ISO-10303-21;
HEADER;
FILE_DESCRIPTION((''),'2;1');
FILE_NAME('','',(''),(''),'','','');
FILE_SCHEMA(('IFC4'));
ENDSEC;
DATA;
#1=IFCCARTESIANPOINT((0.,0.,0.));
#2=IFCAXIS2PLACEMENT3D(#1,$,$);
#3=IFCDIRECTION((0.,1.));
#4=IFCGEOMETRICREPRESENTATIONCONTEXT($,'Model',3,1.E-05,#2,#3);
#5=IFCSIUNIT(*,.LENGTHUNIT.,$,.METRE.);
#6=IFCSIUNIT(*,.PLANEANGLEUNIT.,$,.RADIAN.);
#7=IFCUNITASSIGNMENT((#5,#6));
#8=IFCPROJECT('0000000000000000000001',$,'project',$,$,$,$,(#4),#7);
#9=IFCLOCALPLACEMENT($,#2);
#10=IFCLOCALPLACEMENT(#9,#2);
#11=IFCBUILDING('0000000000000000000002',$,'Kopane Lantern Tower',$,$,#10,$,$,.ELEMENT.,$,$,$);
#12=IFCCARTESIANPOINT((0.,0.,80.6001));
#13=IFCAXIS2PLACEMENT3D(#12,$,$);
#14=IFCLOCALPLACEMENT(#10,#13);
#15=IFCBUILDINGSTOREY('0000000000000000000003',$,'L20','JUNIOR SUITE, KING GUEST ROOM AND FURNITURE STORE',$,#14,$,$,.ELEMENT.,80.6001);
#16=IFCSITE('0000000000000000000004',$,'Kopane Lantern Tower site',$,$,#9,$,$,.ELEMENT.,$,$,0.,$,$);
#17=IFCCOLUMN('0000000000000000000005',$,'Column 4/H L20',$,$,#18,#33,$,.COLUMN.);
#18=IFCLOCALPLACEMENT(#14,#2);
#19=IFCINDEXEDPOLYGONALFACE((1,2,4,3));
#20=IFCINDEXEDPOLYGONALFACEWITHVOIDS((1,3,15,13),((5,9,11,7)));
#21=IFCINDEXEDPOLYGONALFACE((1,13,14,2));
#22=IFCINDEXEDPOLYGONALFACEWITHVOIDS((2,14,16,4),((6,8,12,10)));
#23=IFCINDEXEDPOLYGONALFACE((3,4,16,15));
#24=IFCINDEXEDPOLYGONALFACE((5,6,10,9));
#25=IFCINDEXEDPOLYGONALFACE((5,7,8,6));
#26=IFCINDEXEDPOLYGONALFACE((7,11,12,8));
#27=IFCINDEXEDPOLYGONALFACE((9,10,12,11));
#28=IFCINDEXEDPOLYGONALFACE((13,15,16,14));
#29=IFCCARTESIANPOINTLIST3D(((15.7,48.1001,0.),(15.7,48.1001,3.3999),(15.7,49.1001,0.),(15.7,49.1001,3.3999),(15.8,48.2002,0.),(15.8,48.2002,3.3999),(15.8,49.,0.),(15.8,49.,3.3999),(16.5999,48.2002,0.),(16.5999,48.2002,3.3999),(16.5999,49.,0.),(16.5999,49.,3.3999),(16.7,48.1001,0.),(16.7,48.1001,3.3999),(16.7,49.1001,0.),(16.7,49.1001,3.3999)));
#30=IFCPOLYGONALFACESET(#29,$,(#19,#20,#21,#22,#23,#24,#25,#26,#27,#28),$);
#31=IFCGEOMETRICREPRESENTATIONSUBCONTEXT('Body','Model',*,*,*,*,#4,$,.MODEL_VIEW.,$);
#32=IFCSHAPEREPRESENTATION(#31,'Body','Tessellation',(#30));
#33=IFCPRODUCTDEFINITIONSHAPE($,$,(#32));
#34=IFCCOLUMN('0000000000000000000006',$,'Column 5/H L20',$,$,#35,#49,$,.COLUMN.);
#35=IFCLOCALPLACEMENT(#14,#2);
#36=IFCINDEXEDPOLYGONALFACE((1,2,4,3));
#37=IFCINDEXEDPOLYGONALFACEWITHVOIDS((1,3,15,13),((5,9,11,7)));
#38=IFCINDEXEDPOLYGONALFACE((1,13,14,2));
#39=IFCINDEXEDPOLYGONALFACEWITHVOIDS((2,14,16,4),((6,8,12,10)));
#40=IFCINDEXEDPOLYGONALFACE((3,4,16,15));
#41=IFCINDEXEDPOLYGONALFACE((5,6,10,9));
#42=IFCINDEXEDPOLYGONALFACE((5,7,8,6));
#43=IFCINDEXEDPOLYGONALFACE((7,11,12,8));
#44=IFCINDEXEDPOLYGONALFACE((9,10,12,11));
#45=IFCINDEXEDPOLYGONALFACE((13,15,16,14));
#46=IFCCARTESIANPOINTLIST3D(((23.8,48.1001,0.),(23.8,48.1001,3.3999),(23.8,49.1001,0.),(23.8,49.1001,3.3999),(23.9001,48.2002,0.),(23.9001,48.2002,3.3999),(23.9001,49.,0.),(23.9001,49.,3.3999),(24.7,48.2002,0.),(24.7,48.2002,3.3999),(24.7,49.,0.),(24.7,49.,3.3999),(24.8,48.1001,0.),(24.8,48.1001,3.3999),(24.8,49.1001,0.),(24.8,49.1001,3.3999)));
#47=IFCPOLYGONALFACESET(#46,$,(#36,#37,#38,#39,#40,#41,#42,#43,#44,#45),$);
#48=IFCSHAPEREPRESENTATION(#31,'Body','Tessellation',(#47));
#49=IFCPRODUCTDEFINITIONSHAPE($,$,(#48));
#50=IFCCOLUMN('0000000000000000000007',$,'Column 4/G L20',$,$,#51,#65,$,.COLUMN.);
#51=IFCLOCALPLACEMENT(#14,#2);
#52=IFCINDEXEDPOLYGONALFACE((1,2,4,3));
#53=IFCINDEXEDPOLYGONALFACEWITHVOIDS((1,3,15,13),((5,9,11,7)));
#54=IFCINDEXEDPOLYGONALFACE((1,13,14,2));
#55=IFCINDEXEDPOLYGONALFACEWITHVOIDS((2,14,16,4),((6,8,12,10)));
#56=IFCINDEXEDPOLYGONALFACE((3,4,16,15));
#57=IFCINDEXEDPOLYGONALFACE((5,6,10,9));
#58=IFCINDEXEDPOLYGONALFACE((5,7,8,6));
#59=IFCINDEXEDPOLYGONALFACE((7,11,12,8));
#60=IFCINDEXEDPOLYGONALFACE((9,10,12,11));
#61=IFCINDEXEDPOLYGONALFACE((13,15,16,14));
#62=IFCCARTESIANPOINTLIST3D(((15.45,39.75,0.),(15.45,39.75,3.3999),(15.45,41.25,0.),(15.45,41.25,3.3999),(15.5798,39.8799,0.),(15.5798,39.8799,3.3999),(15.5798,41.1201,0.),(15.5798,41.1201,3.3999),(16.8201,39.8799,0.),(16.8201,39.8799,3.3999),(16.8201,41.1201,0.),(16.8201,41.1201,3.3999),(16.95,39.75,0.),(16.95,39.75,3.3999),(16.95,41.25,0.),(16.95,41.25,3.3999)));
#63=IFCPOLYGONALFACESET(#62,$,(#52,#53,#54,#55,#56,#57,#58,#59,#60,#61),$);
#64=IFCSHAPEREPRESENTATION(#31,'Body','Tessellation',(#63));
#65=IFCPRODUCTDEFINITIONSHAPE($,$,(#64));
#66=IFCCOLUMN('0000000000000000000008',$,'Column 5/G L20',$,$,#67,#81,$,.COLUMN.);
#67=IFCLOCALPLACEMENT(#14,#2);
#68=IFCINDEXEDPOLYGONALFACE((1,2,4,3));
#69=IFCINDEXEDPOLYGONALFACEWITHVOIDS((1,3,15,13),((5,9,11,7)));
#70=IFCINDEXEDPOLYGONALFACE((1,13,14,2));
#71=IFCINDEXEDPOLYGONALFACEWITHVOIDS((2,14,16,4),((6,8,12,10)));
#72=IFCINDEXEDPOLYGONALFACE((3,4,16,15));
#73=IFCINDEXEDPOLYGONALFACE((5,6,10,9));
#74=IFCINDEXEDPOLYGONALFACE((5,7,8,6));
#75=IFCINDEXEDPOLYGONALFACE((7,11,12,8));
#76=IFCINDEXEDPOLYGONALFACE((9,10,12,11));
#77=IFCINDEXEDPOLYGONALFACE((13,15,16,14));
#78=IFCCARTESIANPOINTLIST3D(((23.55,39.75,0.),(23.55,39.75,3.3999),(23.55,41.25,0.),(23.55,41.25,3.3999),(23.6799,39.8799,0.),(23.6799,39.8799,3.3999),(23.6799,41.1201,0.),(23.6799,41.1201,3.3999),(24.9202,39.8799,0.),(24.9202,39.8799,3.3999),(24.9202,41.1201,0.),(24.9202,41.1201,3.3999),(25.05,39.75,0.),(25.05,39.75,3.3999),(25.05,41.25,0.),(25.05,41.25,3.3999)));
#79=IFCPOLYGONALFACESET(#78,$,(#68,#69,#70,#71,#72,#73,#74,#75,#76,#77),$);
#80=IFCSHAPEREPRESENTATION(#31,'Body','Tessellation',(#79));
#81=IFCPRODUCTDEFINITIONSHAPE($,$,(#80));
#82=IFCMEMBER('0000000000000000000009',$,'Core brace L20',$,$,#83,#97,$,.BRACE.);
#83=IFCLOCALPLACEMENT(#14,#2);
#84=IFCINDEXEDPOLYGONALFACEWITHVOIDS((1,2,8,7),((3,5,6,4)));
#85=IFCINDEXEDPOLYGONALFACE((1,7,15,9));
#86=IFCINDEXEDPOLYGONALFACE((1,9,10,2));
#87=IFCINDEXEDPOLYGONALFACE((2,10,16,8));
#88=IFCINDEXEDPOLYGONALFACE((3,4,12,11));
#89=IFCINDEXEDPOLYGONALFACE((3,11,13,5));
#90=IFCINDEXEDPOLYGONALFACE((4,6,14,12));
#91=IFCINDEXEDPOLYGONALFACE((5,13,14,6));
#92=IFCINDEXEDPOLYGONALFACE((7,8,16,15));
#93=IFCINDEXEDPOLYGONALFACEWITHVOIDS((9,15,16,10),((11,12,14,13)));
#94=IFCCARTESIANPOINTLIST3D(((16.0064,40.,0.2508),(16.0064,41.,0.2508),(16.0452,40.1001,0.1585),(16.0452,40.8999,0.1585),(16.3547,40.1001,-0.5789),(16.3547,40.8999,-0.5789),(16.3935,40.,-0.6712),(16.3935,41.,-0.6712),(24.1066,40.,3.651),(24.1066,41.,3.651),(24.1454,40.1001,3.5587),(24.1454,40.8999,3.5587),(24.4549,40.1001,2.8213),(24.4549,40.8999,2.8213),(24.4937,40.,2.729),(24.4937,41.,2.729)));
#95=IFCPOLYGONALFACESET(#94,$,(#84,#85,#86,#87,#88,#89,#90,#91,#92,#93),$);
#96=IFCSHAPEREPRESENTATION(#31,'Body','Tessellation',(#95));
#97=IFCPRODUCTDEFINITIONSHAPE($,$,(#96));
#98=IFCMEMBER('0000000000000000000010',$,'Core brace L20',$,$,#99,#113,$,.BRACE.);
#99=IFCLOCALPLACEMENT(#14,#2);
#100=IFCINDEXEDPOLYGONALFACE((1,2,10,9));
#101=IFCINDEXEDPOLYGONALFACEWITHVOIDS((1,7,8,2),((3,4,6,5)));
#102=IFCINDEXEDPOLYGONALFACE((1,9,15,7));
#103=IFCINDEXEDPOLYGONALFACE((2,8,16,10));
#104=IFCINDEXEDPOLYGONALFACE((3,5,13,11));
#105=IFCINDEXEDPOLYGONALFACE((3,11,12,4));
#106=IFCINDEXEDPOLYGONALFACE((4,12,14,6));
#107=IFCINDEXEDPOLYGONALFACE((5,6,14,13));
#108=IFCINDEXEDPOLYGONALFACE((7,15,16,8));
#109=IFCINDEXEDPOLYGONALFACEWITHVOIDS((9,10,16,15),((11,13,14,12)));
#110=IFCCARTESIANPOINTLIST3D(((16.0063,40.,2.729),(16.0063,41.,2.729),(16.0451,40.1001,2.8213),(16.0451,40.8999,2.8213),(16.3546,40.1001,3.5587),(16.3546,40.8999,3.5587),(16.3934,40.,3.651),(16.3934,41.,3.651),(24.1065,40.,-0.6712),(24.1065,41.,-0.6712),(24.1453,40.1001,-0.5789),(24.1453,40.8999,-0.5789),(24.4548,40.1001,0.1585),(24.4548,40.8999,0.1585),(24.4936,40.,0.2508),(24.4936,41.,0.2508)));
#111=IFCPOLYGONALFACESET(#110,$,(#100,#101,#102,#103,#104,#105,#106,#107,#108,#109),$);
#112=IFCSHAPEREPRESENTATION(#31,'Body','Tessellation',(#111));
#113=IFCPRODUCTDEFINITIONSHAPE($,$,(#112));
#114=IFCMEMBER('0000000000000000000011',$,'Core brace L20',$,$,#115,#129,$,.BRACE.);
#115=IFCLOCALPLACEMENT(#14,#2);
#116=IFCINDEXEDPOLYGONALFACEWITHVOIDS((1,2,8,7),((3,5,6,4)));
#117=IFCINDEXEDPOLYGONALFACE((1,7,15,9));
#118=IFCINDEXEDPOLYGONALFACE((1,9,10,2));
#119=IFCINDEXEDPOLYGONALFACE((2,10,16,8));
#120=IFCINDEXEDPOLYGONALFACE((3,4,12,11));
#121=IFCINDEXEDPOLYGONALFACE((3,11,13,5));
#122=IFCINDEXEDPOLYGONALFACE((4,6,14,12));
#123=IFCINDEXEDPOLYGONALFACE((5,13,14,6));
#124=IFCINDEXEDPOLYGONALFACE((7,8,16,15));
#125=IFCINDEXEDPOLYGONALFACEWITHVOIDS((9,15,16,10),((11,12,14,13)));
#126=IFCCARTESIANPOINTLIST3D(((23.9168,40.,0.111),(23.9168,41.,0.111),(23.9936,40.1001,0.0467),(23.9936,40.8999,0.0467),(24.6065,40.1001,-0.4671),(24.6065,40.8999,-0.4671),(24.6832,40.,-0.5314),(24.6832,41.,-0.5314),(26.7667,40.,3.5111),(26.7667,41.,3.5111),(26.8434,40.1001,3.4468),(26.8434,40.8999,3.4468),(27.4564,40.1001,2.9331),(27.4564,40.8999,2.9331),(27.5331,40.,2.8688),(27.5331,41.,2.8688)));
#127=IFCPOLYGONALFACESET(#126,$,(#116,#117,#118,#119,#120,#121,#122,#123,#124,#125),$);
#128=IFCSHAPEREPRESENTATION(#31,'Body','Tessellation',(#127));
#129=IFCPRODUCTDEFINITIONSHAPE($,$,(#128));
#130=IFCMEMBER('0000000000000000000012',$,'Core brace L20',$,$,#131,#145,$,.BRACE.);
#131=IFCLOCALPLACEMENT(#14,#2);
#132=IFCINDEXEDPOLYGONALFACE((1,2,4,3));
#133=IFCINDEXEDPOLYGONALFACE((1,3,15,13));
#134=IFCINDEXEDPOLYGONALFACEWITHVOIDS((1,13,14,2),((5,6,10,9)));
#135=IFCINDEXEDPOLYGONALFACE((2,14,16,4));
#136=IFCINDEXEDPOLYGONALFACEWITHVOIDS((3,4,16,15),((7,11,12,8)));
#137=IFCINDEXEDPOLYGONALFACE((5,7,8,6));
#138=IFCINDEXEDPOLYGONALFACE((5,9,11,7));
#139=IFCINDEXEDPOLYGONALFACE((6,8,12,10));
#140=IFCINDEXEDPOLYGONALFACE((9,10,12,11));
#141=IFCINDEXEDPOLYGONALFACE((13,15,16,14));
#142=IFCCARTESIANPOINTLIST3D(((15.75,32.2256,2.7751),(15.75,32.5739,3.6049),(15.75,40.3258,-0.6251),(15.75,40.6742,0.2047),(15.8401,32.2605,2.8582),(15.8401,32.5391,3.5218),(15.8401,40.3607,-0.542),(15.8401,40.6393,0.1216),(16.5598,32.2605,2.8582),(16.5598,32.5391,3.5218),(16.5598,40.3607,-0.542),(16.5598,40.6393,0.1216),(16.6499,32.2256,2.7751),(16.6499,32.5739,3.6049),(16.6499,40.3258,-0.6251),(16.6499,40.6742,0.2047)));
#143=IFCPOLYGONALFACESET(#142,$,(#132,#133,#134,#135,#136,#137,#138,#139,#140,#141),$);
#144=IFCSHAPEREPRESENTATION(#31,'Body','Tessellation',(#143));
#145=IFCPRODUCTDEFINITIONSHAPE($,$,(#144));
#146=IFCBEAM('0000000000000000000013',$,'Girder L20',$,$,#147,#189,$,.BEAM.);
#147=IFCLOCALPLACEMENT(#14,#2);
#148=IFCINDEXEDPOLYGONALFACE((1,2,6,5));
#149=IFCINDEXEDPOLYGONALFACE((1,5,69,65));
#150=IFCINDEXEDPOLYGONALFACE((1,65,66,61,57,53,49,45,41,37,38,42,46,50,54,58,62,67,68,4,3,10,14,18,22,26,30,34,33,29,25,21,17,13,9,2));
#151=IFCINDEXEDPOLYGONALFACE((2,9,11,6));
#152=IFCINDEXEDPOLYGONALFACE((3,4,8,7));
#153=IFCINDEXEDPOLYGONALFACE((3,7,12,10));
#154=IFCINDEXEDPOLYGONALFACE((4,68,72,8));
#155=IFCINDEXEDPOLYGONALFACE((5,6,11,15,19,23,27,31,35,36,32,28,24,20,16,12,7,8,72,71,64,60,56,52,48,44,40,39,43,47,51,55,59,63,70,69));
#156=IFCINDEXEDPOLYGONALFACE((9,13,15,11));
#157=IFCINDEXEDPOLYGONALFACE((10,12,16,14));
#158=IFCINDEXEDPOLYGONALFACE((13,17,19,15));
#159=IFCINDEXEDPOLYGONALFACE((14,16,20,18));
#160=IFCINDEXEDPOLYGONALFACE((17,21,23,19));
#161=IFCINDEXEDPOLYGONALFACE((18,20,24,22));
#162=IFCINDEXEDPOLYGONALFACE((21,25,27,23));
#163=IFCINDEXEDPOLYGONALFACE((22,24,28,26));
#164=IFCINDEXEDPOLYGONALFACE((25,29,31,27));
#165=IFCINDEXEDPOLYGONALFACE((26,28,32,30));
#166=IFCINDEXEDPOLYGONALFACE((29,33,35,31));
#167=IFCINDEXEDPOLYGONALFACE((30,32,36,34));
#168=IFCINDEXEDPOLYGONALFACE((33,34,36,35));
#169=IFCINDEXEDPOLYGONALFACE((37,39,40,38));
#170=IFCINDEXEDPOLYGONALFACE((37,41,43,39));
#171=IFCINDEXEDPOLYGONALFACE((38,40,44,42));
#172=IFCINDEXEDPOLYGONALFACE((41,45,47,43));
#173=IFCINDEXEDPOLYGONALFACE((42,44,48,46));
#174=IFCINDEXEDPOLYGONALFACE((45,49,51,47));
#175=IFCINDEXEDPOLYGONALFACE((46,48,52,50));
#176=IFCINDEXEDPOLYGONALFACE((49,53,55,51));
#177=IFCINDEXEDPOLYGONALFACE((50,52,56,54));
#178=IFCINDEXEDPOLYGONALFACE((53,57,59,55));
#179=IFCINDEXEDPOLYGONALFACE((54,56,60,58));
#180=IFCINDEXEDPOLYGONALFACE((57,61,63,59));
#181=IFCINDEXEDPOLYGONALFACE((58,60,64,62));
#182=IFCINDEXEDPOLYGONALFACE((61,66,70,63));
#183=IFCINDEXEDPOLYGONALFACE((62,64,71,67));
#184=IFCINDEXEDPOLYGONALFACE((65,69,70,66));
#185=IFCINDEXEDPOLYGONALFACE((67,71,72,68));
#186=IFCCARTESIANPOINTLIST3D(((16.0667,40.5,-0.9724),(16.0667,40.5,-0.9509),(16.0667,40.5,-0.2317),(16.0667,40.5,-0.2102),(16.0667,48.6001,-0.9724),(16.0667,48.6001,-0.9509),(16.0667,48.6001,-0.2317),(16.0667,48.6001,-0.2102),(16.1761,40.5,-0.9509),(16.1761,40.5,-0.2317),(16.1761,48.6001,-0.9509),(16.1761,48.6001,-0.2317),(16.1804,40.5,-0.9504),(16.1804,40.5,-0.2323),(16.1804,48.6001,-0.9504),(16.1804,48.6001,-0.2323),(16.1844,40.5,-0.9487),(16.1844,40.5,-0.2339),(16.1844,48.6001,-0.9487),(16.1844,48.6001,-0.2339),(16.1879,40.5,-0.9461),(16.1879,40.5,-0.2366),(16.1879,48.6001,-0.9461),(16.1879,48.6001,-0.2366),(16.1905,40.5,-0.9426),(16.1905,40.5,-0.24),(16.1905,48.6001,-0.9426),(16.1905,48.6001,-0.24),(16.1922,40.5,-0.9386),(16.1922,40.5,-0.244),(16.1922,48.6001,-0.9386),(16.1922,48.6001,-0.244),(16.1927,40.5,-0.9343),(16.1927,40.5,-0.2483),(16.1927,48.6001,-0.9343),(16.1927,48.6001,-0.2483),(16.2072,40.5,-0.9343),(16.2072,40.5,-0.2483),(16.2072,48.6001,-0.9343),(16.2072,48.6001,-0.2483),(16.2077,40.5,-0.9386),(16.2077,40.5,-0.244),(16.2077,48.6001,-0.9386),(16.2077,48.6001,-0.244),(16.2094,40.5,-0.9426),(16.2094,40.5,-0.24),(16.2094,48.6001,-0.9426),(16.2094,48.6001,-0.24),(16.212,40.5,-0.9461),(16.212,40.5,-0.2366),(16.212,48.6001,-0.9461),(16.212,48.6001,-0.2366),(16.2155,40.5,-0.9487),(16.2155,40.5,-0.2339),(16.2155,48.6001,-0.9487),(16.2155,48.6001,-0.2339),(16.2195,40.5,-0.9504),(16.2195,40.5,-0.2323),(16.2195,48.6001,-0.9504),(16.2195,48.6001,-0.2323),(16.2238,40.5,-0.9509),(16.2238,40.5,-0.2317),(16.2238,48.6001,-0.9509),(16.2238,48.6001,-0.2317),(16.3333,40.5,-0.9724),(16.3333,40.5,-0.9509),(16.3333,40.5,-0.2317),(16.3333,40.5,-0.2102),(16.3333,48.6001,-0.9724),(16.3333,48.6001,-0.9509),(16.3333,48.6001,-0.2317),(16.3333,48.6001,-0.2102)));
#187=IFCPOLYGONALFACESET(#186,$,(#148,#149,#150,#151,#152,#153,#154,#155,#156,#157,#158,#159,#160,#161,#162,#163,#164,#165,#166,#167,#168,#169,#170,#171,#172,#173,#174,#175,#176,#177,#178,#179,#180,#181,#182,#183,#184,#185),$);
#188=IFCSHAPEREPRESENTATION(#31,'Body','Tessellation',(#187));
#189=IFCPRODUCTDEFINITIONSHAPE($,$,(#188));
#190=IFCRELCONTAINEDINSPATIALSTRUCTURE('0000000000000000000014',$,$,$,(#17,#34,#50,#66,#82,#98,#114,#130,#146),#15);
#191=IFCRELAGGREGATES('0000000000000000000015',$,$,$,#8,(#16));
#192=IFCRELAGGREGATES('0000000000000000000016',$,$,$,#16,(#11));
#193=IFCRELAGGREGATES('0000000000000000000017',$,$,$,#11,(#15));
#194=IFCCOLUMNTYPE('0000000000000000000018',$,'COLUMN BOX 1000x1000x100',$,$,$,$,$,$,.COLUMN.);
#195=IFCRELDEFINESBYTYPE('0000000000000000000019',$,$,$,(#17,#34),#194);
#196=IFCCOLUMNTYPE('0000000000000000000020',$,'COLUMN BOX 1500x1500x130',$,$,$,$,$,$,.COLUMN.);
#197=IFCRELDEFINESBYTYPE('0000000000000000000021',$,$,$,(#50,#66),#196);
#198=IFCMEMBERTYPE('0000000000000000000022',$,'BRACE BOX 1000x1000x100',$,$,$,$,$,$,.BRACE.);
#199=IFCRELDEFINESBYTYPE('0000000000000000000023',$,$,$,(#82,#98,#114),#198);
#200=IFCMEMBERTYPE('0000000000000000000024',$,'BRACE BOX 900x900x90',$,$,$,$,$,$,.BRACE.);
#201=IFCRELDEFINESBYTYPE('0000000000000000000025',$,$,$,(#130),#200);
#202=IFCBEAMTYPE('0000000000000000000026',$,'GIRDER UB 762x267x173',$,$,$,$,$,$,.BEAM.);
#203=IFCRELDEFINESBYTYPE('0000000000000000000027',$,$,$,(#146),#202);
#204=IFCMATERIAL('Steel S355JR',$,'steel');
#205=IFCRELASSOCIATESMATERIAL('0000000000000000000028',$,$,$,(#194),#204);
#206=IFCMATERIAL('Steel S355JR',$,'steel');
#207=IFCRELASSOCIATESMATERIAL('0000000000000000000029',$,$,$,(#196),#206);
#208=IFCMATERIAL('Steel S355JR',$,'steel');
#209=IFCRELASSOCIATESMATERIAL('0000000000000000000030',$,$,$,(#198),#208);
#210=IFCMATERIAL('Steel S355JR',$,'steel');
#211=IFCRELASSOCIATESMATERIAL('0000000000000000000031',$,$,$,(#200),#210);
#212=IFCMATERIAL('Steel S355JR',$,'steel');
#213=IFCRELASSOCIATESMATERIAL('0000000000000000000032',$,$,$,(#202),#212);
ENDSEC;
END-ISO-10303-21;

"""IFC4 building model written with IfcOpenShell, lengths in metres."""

from ifc_helpers import new_model, si_unit, direction, frame, origin, origin_2d, place, context, subcontext, project, spatial, hollow_rectangle, i_section, extrude, material, material_profile, profile_set, type_object, element, save


model = new_model("IFC4")

# Units and contexts
model_context = context("Model", 3, precision=1e-05, world=origin(), true_north=direction((0.0, 1.0)))
body_context = subcontext(model_context, "Body", "Model", "MODEL_VIEW")
ifc_project = project(units=[si_unit("LENGTHUNIT", "METRE"), si_unit("PLANEANGLEUNIT", "RADIAN")], contexts=[model_context])

# Site, building, storey
site_placement = place(None, origin())
site = spatial("IfcSite", under=ifc_project, at=site_placement, Name="Kopane Lantern Tower site", CompositionType="ELEMENT", RefElevation=0.0)
building_placement = place(site_placement, origin())
building = spatial("IfcBuilding", under=site, at=building_placement, Name="Kopane Lantern Tower", CompositionType="ELEMENT")
storey_placement = place(building_placement, frame((0.0, 0.0, 80.6001)))
storey = spatial("IfcBuildingStorey", under=building, at=storey_placement, Name="L20", Description="JUNIOR SUITE, KING GUEST ROOM AND FURNITURE STORE", CompositionType="ELEMENT", Elevation=80.6001)

# Columns
ifc_material_1 = material(Name="Steel S355JR", Category="steel")
ifc_material_profile_1 = material_profile(ifc_material_1, hollow_rectangle(XDim=1.0, YDim=1.0, WallThickness=0.1001, at=origin_2d()), Name="BOX 1000x1000x100")
ifc_profile_set_1 = profile_set([ifc_material_profile_1], Name="Steel S355JR")
column_type_1 = type_object("IfcColumnType", Name="COLUMN BOX 1000x1000x100", PredefinedType="COLUMN", material=ifc_profile_set_1)
for number, where, z_axis, x_axis, name in (
    (1, (16.2, 48.6001, 0.0), (0.0, 0.0, 1.0), (1.0, 0.0, 0.0), "Column 4/H L20"),
    (2, (24.3, 48.6001, 0.0), (0.0, 0.0, 1.0), (1.0, 0.0, 0.0), "Column 5/H L20"),
):
    element("IfcColumn", number, at=place(storey_placement, frame(where, z_axis=z_axis, x_axis=x_axis)), inside=storey, type_object=column_type_1, Name=name, PredefinedType="COLUMN", context=body_context, shape_type="SweptSolid", body=[
        extrude(hollow_rectangle(XDim=1.0, YDim=1.0, WallThickness=0.1001, at=origin_2d()), origin(), (0.0, 0.0, 1.0), 3.3999),
    ])
ifc_material_2 = material(Name="Steel S355JR", Category="steel")
ifc_material_profile_2 = material_profile(ifc_material_2, hollow_rectangle(XDim=1.5, YDim=1.5, WallThickness=0.1299, at=origin_2d()), Name="BOX 1500x1500x130")
ifc_profile_set_2 = profile_set([ifc_material_profile_2], Name="Steel S355JR")
column_type_2 = type_object("IfcColumnType", Name="COLUMN BOX 1500x1500x130", PredefinedType="COLUMN", material=ifc_profile_set_2)
for number, where, z_axis, x_axis, name in (
    (3, (16.2, 40.5, 0.0), (0.0, 0.0, 1.0), (1.0, 0.0, 0.0), "Column 4/G L20"),
    (4, (24.3, 40.5, 0.0), (0.0, 0.0, 1.0), (1.0, 0.0, 0.0), "Column 5/G L20"),
):
    element("IfcColumn", number, at=place(storey_placement, frame(where, z_axis=z_axis, x_axis=x_axis)), inside=storey, type_object=column_type_2, Name=name, PredefinedType="COLUMN", context=body_context, shape_type="SweptSolid", body=[
        extrude(hollow_rectangle(XDim=1.5, YDim=1.5, WallThickness=0.1299, at=origin_2d()), origin(), (0.0, 0.0, 1.0), 3.3999),
    ])

# Members
ifc_material_3 = material(Name="Steel S355JR", Category="steel")
ifc_material_profile_3 = material_profile(ifc_material_3, hollow_rectangle(XDim=1.0, YDim=1.0, WallThickness=0.1001, at=origin_2d()), Name="BOX 1000x1000x100")
ifc_profile_set_3 = profile_set([ifc_material_profile_3], Name="Steel S355JR")
member_type_1 = type_object("IfcMemberType", Name="BRACE BOX 1000x1000x100", PredefinedType="BRACE", material=ifc_profile_set_3)
for number, where, z_axis, x_axis, name in (
    (5, (16.2, 40.5, -0.2102), (0.922059, 0.0, 0.387049), (0.0, 1.0, 0.0), "Core brace L20"),
    (6, (24.3, 40.5, -0.2102), (-0.922059, 0.0, 0.387049), (0.0, -1.0, 0.0), "Core brace L20"),
):
    element("IfcMember", number, at=place(storey_placement, frame(where, z_axis=z_axis, x_axis=x_axis)), inside=storey, type_object=member_type_1, Name=name, PredefinedType="BRACE", context=body_context, shape_type="SweptSolid", body=[
        extrude(hollow_rectangle(XDim=1.0, YDim=1.0, WallThickness=0.1001, at=origin_2d()), origin(), (0.0, 0.0, 1.0), 8.7849),
    ])
member_1_placement = place(storey_placement, frame((24.3, 40.5, -0.2102), z_axis=(0.642363, 0.0, 0.7664), x_axis=(0.0, 1.0, 0.0)))
element("IfcMember", 7, at=member_1_placement, inside=storey, type_object=member_type_1, Name="Core brace L20", PredefinedType="BRACE", context=body_context, shape_type="SweptSolid", body=[
    extrude(hollow_rectangle(XDim=1.0, YDim=1.0, WallThickness=0.1001, at=origin_2d()), origin(), (0.0, 0.0, 1.0), 4.4365),
])
ifc_material_4 = material(Name="Steel S355JR", Category="steel")
ifc_material_profile_4 = material_profile(ifc_material_4, hollow_rectangle(XDim=0.8999, YDim=0.8999, WallThickness=0.0901, at=origin_2d()), Name="BOX 900x900x90")
ifc_profile_set_4 = profile_set([ifc_material_profile_4], Name="Steel S355JR")
member_type_2 = type_object("IfcMemberType", Name="BRACE BOX 900x900x90", PredefinedType="BRACE", material=ifc_profile_set_4)
member_2_placement = place(storey_placement, frame((16.2, 40.5, -0.2102), z_axis=(0.0, -0.922059, 0.387049), x_axis=(1.0, 0.0, 0.0)))
element("IfcMember", 8, at=member_2_placement, inside=storey, type_object=member_type_2, Name="Core brace L20", PredefinedType="BRACE", context=body_context, shape_type="SweptSolid", body=[
    extrude(hollow_rectangle(XDim=0.8999, YDim=0.8999, WallThickness=0.0901, at=origin_2d()), origin(), (0.0, 0.0, 1.0), 8.7849),
])

# Beam
ifc_material_5 = material(Name="Steel S355JR", Category="steel")
ifc_material_profile_5 = material_profile(ifc_material_5, i_section(OverallWidth=0.2666, OverallDepth=0.7622, WebThickness=0.0144, FlangeThickness=0.0215, FilletRadius=0.0166, at=origin_2d()), Name="UB 762x267x173")
ifc_profile_set_5 = profile_set([ifc_material_profile_5], Name="Steel S355JR")
beam_type_1 = type_object("IfcBeamType", Name="GIRDER UB 762x267x173", PredefinedType="BEAM", material=ifc_profile_set_5)
for number, where, z_axis, x_axis, name in (
    (9, (16.2, 40.5, -0.5913), (0.0, 1.0, 0.0), (-1.0, 0.0, 0.0), "Girder L20"),
):
    element("IfcBeam", number, at=place(storey_placement, frame(where, z_axis=z_axis, x_axis=x_axis)), inside=storey, type_object=beam_type_1, Name=name, PredefinedType="BEAM", context=body_context, shape_type="SweptSolid", body=[
        extrude(i_section(OverallWidth=0.2666, OverallDepth=0.7622, WebThickness=0.0144, FlangeThickness=0.0215, FilletRadius=0.0166, at=origin_2d()), origin(), (0.0, 0.0, 1.0), 8.1001),
    ])

save(model, "model.ifc")
